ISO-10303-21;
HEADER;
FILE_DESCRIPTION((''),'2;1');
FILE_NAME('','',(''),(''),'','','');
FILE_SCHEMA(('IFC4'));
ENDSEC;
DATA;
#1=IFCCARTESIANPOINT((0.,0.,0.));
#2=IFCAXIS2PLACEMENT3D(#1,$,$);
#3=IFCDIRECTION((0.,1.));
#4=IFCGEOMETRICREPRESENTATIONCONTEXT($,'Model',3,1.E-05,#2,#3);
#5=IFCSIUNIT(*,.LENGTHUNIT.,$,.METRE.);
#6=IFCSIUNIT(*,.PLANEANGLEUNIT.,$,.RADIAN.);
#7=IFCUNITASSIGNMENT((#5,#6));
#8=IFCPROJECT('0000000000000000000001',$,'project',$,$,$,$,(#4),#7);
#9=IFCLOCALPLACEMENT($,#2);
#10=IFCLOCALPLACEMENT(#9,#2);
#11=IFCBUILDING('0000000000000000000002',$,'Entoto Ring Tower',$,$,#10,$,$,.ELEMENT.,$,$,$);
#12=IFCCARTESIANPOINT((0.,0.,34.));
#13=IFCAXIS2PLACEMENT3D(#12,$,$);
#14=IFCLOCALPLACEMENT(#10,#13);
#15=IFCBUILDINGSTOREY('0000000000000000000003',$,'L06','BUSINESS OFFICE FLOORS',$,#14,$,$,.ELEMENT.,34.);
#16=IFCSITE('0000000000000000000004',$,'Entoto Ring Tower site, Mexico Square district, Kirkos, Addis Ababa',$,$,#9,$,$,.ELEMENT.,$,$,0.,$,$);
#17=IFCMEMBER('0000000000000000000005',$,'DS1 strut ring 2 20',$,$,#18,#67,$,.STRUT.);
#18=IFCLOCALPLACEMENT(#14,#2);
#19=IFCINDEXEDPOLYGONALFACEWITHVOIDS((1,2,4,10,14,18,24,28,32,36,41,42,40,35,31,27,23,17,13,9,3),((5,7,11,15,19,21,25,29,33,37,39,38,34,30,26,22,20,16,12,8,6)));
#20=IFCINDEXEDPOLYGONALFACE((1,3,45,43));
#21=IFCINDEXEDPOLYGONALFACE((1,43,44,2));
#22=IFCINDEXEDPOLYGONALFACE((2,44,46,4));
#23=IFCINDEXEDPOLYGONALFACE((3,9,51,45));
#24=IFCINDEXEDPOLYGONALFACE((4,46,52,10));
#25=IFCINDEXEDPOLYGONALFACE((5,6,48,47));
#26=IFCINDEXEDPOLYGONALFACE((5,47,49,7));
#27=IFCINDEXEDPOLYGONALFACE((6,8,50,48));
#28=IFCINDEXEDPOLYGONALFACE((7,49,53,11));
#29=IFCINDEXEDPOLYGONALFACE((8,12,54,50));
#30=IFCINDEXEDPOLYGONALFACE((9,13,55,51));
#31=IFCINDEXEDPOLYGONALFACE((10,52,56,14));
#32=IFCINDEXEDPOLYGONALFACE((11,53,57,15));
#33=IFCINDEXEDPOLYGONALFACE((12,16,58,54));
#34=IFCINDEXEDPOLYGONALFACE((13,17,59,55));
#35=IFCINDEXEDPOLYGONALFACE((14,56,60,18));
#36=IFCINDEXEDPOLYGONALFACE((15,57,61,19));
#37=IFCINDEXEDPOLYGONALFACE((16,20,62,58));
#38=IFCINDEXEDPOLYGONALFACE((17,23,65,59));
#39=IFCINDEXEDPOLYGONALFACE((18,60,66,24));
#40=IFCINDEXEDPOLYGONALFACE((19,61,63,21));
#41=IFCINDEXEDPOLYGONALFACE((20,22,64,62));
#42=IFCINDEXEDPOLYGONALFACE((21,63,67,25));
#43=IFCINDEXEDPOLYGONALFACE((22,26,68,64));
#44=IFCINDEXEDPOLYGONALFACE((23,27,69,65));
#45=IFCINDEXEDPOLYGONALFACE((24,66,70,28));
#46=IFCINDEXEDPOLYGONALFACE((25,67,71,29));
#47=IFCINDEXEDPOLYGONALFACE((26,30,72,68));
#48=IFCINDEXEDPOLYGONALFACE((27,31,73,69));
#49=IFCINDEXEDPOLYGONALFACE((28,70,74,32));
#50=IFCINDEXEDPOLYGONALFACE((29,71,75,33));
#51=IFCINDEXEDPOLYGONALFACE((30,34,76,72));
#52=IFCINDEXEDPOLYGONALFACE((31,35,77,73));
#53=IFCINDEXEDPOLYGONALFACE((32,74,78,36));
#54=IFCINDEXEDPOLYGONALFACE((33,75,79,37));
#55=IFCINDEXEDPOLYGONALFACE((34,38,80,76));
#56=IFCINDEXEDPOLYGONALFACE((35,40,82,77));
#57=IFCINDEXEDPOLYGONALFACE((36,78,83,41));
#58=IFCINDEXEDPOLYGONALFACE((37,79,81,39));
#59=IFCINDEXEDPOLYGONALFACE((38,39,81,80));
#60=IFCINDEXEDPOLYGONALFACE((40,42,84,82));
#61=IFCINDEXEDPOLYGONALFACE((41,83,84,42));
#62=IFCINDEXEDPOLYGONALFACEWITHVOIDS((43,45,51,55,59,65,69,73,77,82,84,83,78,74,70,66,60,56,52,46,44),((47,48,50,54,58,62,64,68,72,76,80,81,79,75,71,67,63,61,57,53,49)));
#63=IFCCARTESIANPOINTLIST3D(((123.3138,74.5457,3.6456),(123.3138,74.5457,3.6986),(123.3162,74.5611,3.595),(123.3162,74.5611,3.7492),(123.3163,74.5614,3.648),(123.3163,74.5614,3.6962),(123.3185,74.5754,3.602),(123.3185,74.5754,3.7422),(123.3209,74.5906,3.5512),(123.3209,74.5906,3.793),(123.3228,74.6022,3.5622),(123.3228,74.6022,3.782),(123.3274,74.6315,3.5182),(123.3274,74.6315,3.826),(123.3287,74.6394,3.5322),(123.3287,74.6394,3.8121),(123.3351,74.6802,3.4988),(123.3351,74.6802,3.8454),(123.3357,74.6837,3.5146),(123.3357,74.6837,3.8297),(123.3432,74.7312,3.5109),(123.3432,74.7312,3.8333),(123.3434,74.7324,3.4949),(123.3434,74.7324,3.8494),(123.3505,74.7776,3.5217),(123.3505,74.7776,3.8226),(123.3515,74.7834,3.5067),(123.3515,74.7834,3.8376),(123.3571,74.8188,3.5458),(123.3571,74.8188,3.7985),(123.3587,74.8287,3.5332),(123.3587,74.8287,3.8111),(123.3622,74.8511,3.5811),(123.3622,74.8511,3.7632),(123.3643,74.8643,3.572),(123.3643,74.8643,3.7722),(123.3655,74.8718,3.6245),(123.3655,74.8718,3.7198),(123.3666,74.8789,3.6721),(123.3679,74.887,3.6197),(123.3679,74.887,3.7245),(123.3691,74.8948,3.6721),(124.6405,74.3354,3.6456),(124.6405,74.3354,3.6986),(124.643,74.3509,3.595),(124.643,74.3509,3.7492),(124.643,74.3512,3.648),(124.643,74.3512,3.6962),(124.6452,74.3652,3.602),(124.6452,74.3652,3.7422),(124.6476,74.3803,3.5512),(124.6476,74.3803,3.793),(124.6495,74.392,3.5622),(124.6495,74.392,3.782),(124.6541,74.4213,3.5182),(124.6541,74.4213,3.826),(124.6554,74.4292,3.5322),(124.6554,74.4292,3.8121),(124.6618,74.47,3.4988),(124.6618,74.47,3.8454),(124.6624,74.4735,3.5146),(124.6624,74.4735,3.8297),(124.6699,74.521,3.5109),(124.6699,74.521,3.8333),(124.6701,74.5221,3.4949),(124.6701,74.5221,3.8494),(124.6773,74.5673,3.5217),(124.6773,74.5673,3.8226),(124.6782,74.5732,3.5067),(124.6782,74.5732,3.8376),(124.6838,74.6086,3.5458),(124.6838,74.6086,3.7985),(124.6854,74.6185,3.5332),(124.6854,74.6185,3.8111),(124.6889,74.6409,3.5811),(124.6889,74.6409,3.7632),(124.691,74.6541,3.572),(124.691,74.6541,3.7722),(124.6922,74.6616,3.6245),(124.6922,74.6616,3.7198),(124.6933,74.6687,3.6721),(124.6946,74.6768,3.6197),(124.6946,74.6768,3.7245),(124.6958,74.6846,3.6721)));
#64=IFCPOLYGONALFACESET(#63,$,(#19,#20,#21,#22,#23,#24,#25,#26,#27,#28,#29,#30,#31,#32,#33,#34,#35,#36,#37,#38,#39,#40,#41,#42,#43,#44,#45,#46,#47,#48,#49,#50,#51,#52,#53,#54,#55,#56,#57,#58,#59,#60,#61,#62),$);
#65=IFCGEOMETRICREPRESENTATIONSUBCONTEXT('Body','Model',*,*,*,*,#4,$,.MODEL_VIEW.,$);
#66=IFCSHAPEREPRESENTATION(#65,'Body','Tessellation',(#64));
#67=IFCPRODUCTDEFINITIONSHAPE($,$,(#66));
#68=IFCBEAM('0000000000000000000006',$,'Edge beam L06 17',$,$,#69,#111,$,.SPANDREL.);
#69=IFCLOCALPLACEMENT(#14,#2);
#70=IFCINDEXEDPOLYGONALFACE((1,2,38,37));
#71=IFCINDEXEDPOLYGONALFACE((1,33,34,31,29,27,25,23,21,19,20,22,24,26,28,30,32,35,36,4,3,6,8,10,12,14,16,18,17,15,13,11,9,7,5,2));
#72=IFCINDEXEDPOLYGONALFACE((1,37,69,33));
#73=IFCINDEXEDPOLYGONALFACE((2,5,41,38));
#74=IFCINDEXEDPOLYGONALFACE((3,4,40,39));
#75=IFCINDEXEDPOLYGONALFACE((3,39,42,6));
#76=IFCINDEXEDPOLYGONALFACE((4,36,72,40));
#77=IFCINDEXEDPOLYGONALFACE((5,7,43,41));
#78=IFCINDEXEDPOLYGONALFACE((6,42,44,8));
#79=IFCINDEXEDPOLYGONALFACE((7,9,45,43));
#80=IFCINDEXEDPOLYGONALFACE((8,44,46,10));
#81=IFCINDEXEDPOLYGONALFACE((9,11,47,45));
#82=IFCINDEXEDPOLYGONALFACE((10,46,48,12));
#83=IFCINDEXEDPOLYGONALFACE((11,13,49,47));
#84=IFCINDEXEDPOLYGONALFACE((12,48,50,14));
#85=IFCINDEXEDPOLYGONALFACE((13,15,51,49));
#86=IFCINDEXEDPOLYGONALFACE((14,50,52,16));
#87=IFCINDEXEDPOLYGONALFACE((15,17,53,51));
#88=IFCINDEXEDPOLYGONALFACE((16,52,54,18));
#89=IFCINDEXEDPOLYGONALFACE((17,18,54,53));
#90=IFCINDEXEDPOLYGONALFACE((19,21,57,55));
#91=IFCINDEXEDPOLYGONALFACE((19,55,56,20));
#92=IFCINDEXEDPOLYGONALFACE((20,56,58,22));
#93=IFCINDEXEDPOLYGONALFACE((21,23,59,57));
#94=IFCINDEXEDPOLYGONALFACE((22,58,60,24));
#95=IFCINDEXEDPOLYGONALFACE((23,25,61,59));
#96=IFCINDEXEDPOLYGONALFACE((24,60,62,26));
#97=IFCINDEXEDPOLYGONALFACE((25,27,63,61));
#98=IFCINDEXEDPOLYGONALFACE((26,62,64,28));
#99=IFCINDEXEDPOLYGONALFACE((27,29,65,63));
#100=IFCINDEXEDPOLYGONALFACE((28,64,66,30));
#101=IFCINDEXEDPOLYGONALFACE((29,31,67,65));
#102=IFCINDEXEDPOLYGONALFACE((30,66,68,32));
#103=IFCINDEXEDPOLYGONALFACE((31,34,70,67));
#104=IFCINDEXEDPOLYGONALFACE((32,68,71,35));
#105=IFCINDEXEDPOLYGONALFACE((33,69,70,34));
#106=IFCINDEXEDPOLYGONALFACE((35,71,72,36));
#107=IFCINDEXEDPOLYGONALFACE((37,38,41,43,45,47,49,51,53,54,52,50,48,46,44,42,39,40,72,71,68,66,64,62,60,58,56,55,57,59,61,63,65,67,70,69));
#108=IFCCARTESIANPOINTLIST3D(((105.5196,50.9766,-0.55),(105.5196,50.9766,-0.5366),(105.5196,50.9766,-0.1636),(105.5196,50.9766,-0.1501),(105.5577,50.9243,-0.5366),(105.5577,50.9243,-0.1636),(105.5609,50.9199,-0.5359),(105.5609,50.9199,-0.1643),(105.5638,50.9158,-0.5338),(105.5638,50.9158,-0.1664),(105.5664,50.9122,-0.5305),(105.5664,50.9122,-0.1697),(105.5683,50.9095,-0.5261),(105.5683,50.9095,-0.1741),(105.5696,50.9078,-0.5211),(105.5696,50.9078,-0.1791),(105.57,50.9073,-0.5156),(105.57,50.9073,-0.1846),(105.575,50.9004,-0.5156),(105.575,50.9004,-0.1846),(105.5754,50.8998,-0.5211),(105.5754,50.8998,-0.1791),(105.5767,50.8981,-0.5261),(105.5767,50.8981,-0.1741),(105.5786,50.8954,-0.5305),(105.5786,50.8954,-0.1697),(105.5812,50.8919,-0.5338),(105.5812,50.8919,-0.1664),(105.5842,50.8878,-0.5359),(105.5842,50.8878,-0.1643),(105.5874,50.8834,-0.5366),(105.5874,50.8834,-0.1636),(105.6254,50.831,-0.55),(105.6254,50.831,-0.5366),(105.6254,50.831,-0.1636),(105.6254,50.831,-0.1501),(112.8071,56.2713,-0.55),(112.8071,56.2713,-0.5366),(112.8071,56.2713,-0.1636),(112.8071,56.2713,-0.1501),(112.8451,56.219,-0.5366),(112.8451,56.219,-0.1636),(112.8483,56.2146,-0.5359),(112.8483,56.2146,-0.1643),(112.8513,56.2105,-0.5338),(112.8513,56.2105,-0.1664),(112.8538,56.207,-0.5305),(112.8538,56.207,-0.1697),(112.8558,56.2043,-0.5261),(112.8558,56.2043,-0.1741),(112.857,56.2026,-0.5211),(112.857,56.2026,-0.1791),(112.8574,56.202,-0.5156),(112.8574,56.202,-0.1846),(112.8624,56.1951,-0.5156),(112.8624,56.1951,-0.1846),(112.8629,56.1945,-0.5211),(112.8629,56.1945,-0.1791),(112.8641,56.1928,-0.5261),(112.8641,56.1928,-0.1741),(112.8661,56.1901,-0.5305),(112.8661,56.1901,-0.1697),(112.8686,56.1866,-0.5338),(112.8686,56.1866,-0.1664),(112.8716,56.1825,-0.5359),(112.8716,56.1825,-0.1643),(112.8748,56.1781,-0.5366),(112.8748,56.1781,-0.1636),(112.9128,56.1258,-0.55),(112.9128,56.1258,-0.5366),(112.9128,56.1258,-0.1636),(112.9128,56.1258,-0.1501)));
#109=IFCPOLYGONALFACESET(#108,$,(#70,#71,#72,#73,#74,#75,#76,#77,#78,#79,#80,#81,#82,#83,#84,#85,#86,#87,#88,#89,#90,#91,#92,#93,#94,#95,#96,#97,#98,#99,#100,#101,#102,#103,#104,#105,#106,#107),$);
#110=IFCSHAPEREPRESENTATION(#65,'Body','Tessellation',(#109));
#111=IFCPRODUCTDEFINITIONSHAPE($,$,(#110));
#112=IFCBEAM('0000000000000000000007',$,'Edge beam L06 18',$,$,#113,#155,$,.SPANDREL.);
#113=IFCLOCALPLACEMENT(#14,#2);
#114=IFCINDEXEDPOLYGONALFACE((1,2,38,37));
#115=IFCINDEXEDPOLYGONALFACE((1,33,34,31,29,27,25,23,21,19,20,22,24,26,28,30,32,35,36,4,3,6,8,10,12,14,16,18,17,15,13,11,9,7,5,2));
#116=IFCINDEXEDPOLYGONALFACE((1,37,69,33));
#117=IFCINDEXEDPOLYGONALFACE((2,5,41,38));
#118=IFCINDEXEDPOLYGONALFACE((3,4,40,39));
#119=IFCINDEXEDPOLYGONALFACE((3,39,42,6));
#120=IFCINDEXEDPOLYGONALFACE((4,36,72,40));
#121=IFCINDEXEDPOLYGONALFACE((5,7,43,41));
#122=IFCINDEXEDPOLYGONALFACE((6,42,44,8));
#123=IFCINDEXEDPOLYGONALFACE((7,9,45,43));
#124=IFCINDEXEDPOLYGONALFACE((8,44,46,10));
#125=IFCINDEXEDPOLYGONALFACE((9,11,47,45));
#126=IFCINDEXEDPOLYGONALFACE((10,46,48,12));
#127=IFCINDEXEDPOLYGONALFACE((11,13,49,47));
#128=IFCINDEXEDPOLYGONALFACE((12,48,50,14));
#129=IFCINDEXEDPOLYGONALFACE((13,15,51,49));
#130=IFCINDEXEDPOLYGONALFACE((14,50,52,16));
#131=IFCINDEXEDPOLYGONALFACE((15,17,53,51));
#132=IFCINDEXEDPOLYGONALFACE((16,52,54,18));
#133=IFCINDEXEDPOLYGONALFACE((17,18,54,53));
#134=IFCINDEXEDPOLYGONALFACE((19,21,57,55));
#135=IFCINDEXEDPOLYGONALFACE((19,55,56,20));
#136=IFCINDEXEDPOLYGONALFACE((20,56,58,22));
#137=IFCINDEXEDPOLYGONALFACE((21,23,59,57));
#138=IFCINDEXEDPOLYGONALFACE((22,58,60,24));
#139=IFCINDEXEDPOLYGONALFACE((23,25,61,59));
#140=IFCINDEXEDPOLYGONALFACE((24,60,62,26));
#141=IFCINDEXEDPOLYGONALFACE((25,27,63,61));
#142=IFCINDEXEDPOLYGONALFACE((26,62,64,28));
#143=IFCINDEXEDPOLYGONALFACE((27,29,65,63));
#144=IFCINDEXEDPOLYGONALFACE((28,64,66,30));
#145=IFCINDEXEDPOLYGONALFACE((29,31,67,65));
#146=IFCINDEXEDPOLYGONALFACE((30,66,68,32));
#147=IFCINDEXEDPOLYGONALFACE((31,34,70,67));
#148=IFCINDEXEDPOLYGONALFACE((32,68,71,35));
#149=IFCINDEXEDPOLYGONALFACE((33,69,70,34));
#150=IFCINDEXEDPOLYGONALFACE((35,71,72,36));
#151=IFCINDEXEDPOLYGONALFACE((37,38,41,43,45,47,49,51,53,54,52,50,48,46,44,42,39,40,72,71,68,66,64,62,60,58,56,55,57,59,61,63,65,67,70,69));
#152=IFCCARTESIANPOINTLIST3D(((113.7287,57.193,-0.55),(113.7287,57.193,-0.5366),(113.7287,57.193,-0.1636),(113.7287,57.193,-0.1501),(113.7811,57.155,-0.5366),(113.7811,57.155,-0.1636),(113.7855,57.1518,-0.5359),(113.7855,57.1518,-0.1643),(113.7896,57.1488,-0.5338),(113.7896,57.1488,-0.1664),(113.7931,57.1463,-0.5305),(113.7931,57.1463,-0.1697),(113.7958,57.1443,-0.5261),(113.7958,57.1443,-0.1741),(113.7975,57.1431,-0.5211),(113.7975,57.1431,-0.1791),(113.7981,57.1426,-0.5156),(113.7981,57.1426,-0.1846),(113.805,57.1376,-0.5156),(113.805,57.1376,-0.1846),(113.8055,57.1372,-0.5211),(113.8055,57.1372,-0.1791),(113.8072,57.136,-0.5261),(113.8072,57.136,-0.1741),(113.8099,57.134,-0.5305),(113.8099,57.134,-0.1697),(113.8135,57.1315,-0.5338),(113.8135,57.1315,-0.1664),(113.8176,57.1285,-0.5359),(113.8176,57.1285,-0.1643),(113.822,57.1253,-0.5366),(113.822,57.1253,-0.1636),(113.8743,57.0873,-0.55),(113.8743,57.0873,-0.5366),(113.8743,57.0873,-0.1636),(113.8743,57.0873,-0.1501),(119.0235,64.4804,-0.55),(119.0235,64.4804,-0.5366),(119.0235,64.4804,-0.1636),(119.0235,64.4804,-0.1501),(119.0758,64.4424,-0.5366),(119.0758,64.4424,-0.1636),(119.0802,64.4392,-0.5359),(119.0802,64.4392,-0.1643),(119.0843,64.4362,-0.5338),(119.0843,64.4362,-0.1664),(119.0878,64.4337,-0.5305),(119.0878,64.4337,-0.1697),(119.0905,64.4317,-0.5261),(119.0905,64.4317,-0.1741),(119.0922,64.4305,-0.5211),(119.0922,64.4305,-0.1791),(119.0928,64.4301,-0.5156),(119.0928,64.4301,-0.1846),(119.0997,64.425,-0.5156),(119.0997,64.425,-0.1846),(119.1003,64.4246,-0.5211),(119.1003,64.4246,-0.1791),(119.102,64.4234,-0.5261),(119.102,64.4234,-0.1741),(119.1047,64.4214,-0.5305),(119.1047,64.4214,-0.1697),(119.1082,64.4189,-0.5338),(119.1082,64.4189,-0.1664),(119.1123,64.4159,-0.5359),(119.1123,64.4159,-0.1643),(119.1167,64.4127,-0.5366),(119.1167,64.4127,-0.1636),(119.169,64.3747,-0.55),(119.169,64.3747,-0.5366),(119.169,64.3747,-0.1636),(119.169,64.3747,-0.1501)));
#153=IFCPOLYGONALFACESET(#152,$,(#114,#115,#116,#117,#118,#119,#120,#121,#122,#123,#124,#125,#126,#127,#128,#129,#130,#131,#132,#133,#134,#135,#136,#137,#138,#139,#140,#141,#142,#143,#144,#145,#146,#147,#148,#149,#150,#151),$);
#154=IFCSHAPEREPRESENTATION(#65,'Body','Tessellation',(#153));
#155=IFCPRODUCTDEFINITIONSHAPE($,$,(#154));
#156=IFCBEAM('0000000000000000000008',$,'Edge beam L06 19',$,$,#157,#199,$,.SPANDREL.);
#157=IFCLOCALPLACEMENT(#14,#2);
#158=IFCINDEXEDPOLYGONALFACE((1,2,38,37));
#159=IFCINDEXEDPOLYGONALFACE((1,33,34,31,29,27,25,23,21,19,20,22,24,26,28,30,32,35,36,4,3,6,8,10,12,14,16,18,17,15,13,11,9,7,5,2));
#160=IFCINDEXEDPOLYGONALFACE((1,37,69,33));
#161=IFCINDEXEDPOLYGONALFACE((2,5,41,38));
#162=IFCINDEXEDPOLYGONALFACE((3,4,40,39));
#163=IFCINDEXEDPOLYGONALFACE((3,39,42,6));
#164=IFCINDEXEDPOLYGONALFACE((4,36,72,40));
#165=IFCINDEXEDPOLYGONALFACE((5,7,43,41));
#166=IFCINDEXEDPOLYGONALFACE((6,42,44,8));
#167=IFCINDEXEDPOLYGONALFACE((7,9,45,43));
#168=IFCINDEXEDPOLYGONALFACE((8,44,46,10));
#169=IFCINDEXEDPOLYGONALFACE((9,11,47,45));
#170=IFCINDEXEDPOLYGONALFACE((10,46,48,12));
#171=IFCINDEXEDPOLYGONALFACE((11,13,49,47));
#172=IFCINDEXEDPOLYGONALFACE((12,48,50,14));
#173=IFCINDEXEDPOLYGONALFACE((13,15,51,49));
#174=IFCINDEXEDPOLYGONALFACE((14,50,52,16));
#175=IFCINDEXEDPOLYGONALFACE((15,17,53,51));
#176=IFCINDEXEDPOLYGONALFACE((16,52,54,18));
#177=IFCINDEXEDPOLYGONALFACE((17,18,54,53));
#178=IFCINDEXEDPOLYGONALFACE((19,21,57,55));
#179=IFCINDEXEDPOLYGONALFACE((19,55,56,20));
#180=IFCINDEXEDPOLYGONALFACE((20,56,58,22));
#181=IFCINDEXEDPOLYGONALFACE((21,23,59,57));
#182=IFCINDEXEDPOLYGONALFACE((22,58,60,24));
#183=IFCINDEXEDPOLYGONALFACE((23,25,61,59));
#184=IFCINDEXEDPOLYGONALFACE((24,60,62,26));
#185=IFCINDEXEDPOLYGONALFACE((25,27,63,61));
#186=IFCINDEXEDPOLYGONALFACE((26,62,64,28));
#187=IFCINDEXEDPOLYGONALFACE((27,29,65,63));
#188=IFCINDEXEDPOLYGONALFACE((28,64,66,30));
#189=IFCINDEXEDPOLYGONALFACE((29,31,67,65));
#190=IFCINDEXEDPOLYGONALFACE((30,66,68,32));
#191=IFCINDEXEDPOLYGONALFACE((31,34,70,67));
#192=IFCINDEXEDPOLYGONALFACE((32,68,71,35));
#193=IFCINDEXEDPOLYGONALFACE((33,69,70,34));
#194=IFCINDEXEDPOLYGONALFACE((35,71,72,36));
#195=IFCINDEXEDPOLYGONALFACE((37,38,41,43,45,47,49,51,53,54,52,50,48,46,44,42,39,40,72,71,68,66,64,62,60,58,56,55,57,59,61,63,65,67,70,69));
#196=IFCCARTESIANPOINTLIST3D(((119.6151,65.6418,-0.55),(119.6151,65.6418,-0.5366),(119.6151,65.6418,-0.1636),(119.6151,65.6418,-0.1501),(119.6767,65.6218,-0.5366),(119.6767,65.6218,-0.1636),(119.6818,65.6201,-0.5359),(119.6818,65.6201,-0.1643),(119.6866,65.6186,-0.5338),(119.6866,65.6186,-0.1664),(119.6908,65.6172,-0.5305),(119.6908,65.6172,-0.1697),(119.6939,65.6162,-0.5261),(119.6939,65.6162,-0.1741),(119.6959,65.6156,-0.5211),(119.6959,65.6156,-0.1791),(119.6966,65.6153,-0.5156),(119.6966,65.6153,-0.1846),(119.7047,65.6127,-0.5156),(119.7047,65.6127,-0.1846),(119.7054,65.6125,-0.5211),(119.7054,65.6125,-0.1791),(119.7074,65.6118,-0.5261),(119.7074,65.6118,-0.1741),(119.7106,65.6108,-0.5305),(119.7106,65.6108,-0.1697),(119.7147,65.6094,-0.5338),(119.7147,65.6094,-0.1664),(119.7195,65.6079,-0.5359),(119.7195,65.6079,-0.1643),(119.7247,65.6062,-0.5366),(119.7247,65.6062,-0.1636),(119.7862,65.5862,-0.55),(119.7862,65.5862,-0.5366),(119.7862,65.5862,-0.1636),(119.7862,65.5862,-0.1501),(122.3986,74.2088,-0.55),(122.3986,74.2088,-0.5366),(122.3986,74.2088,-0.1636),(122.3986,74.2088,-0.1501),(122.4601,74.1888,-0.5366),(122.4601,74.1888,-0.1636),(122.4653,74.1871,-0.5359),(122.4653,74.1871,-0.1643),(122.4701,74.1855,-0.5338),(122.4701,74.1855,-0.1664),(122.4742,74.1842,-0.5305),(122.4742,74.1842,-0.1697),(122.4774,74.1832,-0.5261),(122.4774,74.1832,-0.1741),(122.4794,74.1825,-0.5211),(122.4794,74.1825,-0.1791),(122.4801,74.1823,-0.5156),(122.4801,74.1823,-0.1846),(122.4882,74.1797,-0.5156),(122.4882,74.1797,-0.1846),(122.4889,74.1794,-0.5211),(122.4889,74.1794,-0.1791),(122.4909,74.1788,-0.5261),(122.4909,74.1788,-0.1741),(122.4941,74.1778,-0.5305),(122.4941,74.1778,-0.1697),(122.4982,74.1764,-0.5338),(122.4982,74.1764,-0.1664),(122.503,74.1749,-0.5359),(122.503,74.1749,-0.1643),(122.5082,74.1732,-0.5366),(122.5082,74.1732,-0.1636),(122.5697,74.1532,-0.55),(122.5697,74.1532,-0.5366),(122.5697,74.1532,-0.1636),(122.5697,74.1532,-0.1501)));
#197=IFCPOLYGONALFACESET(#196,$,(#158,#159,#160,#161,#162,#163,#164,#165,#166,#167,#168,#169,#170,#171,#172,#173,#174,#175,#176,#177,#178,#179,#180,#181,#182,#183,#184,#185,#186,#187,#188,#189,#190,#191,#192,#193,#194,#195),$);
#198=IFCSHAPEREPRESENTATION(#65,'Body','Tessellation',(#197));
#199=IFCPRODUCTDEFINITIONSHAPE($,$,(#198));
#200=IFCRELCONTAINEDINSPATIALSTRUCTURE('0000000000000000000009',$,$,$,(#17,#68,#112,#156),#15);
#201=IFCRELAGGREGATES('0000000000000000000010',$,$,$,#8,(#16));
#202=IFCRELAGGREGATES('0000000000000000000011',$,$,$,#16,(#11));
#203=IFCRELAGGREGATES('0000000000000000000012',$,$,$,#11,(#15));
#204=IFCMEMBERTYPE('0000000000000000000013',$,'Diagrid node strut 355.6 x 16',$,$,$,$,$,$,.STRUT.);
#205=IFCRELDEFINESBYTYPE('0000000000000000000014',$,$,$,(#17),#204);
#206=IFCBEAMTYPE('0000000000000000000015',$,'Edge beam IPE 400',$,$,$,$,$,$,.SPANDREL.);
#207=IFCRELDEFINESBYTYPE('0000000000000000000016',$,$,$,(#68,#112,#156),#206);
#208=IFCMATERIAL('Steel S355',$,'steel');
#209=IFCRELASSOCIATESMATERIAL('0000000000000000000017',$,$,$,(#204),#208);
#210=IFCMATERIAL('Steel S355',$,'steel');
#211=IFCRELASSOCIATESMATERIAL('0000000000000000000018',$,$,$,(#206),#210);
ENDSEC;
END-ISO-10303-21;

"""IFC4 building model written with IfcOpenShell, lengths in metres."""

from ifc_helpers import new_model, si_unit, direction, frame, origin, origin_2d, place, context, subcontext, project, spatial, circle, hollow_circle, i_section, extrude, material, material_profile, profile_set, type_object, element, save


model = new_model("IFC4")

# Units and contexts
model_context = context("Model", 3, precision=1e-05, world=origin(), true_north=direction((0.0, 1.0)))
body_context = subcontext(model_context, "Body", "Model", "MODEL_VIEW")
ifc_project = project(units=[si_unit("LENGTHUNIT", "METRE"), si_unit("PLANEANGLEUNIT", "RADIAN")], contexts=[model_context])

# Site, building, storey
site_placement = place(None, origin())
site = spatial("IfcSite", under=ifc_project, at=site_placement, Name="Entoto Ring Tower site, Mexico Square district, Kirkos, Addis Ababa", CompositionType="ELEMENT", RefElevation=0.0)
building_placement = place(site_placement, origin())
building = spatial("IfcBuilding", under=site, at=building_placement, Name="Entoto Ring Tower", CompositionType="ELEMENT")
storey_placement = place(building_placement, frame((0.0, 0.0, 34.0)))
storey = spatial("IfcBuildingStorey", under=building, at=storey_placement, Name="L06", Description="BUSINESS OFFICE FLOORS", CompositionType="ELEMENT", Elevation=34.0)

# Member
ifc_material_1 = material(Name="Steel S355", Category="steel")
ifc_material_profile_1 = material_profile(ifc_material_1, hollow_circle(Radius=0.1777, WallThickness=0.0161, at=origin_2d()), Name="CHS 355.6 x 16")
ifc_material_2 = material(Name="Concrete C60/75", Category="concrete")
ifc_material_profile_2 = material_profile(ifc_material_2, circle(Radius=0.1619, at=origin_2d()), Name="Concrete C60/75 infill")
ifc_profile_set_1 = profile_set([ifc_material_profile_1, ifc_material_profile_2], Name="Steel S355")
member_type = type_object("IfcMemberType", Name="Diagrid node strut 355.6 x 16", PredefinedType="STRUT", material=ifc_profile_set_1)
member_1_placement = place(storey_placement, frame((123.3413, 74.7192, 3.6721), z_axis=(0.987679, -0.156495, 0.0), x_axis=(0.156495, 0.987679, 0.0)))
element("IfcMember", 1, at=member_1_placement, inside=storey, type_object=member_type, Name="DS1 strut ring 2 20", PredefinedType="STRUT", context=body_context, shape_type="SweptSolid", body=[
    extrude(hollow_circle(Radius=0.1777, WallThickness=0.0161, at=origin_2d()), origin(), (0.0, 0.0, 1.0), 1.3433),
])

# Beams
ifc_material_3 = material(Name="Steel S355", Category="steel")
ifc_material_profile_3 = material_profile(ifc_material_3, i_section(OverallWidth=0.1799, OverallDepth=0.3999, WebThickness=0.0085, FlangeThickness=0.0134, FilletRadius=0.021, at=origin_2d()), Name="IPE 400")
ifc_profile_set_2 = profile_set([ifc_material_profile_3], Name="Steel S355")
beam_type_1 = type_object("IfcBeamType", Name="Edge beam IPE 400", PredefinedType="SPANDREL", material=ifc_profile_set_2)
for number, where, z_axis, x_axis, name in (
    (2, (105.5725, 50.9038, -0.3501), (0.809011, 0.587793, 0.0), (-0.587793, 0.809011, 0.0), "Edge beam L06 17"),
    (3, (113.8015, 57.1401, -0.3501), (0.587793, 0.809011, 0.0), (-0.809011, 0.587793, 0.0), "Edge beam L06 18"),
    (4, (119.7007, 65.614, -0.3501), (0.309006, 0.95106, 0.0), (-0.95106, 0.309006, 0.0), "Edge beam L06 19"),
):
    element("IfcBeam", number, at=place(storey_placement, frame(where, z_axis=z_axis, x_axis=x_axis)), inside=storey, type_object=beam_type_1, Name=name, PredefinedType="SPANDREL", context=body_context, shape_type="SweptSolid", body=[
        extrude(i_section(OverallWidth=0.1799, OverallDepth=0.3999, WebThickness=0.0085, FlangeThickness=0.0134, FilletRadius=0.021, at=origin_2d()), origin(), (0.0, 0.0, 1.0), 9.0078),
    ])

save(model, "model.ifc")
